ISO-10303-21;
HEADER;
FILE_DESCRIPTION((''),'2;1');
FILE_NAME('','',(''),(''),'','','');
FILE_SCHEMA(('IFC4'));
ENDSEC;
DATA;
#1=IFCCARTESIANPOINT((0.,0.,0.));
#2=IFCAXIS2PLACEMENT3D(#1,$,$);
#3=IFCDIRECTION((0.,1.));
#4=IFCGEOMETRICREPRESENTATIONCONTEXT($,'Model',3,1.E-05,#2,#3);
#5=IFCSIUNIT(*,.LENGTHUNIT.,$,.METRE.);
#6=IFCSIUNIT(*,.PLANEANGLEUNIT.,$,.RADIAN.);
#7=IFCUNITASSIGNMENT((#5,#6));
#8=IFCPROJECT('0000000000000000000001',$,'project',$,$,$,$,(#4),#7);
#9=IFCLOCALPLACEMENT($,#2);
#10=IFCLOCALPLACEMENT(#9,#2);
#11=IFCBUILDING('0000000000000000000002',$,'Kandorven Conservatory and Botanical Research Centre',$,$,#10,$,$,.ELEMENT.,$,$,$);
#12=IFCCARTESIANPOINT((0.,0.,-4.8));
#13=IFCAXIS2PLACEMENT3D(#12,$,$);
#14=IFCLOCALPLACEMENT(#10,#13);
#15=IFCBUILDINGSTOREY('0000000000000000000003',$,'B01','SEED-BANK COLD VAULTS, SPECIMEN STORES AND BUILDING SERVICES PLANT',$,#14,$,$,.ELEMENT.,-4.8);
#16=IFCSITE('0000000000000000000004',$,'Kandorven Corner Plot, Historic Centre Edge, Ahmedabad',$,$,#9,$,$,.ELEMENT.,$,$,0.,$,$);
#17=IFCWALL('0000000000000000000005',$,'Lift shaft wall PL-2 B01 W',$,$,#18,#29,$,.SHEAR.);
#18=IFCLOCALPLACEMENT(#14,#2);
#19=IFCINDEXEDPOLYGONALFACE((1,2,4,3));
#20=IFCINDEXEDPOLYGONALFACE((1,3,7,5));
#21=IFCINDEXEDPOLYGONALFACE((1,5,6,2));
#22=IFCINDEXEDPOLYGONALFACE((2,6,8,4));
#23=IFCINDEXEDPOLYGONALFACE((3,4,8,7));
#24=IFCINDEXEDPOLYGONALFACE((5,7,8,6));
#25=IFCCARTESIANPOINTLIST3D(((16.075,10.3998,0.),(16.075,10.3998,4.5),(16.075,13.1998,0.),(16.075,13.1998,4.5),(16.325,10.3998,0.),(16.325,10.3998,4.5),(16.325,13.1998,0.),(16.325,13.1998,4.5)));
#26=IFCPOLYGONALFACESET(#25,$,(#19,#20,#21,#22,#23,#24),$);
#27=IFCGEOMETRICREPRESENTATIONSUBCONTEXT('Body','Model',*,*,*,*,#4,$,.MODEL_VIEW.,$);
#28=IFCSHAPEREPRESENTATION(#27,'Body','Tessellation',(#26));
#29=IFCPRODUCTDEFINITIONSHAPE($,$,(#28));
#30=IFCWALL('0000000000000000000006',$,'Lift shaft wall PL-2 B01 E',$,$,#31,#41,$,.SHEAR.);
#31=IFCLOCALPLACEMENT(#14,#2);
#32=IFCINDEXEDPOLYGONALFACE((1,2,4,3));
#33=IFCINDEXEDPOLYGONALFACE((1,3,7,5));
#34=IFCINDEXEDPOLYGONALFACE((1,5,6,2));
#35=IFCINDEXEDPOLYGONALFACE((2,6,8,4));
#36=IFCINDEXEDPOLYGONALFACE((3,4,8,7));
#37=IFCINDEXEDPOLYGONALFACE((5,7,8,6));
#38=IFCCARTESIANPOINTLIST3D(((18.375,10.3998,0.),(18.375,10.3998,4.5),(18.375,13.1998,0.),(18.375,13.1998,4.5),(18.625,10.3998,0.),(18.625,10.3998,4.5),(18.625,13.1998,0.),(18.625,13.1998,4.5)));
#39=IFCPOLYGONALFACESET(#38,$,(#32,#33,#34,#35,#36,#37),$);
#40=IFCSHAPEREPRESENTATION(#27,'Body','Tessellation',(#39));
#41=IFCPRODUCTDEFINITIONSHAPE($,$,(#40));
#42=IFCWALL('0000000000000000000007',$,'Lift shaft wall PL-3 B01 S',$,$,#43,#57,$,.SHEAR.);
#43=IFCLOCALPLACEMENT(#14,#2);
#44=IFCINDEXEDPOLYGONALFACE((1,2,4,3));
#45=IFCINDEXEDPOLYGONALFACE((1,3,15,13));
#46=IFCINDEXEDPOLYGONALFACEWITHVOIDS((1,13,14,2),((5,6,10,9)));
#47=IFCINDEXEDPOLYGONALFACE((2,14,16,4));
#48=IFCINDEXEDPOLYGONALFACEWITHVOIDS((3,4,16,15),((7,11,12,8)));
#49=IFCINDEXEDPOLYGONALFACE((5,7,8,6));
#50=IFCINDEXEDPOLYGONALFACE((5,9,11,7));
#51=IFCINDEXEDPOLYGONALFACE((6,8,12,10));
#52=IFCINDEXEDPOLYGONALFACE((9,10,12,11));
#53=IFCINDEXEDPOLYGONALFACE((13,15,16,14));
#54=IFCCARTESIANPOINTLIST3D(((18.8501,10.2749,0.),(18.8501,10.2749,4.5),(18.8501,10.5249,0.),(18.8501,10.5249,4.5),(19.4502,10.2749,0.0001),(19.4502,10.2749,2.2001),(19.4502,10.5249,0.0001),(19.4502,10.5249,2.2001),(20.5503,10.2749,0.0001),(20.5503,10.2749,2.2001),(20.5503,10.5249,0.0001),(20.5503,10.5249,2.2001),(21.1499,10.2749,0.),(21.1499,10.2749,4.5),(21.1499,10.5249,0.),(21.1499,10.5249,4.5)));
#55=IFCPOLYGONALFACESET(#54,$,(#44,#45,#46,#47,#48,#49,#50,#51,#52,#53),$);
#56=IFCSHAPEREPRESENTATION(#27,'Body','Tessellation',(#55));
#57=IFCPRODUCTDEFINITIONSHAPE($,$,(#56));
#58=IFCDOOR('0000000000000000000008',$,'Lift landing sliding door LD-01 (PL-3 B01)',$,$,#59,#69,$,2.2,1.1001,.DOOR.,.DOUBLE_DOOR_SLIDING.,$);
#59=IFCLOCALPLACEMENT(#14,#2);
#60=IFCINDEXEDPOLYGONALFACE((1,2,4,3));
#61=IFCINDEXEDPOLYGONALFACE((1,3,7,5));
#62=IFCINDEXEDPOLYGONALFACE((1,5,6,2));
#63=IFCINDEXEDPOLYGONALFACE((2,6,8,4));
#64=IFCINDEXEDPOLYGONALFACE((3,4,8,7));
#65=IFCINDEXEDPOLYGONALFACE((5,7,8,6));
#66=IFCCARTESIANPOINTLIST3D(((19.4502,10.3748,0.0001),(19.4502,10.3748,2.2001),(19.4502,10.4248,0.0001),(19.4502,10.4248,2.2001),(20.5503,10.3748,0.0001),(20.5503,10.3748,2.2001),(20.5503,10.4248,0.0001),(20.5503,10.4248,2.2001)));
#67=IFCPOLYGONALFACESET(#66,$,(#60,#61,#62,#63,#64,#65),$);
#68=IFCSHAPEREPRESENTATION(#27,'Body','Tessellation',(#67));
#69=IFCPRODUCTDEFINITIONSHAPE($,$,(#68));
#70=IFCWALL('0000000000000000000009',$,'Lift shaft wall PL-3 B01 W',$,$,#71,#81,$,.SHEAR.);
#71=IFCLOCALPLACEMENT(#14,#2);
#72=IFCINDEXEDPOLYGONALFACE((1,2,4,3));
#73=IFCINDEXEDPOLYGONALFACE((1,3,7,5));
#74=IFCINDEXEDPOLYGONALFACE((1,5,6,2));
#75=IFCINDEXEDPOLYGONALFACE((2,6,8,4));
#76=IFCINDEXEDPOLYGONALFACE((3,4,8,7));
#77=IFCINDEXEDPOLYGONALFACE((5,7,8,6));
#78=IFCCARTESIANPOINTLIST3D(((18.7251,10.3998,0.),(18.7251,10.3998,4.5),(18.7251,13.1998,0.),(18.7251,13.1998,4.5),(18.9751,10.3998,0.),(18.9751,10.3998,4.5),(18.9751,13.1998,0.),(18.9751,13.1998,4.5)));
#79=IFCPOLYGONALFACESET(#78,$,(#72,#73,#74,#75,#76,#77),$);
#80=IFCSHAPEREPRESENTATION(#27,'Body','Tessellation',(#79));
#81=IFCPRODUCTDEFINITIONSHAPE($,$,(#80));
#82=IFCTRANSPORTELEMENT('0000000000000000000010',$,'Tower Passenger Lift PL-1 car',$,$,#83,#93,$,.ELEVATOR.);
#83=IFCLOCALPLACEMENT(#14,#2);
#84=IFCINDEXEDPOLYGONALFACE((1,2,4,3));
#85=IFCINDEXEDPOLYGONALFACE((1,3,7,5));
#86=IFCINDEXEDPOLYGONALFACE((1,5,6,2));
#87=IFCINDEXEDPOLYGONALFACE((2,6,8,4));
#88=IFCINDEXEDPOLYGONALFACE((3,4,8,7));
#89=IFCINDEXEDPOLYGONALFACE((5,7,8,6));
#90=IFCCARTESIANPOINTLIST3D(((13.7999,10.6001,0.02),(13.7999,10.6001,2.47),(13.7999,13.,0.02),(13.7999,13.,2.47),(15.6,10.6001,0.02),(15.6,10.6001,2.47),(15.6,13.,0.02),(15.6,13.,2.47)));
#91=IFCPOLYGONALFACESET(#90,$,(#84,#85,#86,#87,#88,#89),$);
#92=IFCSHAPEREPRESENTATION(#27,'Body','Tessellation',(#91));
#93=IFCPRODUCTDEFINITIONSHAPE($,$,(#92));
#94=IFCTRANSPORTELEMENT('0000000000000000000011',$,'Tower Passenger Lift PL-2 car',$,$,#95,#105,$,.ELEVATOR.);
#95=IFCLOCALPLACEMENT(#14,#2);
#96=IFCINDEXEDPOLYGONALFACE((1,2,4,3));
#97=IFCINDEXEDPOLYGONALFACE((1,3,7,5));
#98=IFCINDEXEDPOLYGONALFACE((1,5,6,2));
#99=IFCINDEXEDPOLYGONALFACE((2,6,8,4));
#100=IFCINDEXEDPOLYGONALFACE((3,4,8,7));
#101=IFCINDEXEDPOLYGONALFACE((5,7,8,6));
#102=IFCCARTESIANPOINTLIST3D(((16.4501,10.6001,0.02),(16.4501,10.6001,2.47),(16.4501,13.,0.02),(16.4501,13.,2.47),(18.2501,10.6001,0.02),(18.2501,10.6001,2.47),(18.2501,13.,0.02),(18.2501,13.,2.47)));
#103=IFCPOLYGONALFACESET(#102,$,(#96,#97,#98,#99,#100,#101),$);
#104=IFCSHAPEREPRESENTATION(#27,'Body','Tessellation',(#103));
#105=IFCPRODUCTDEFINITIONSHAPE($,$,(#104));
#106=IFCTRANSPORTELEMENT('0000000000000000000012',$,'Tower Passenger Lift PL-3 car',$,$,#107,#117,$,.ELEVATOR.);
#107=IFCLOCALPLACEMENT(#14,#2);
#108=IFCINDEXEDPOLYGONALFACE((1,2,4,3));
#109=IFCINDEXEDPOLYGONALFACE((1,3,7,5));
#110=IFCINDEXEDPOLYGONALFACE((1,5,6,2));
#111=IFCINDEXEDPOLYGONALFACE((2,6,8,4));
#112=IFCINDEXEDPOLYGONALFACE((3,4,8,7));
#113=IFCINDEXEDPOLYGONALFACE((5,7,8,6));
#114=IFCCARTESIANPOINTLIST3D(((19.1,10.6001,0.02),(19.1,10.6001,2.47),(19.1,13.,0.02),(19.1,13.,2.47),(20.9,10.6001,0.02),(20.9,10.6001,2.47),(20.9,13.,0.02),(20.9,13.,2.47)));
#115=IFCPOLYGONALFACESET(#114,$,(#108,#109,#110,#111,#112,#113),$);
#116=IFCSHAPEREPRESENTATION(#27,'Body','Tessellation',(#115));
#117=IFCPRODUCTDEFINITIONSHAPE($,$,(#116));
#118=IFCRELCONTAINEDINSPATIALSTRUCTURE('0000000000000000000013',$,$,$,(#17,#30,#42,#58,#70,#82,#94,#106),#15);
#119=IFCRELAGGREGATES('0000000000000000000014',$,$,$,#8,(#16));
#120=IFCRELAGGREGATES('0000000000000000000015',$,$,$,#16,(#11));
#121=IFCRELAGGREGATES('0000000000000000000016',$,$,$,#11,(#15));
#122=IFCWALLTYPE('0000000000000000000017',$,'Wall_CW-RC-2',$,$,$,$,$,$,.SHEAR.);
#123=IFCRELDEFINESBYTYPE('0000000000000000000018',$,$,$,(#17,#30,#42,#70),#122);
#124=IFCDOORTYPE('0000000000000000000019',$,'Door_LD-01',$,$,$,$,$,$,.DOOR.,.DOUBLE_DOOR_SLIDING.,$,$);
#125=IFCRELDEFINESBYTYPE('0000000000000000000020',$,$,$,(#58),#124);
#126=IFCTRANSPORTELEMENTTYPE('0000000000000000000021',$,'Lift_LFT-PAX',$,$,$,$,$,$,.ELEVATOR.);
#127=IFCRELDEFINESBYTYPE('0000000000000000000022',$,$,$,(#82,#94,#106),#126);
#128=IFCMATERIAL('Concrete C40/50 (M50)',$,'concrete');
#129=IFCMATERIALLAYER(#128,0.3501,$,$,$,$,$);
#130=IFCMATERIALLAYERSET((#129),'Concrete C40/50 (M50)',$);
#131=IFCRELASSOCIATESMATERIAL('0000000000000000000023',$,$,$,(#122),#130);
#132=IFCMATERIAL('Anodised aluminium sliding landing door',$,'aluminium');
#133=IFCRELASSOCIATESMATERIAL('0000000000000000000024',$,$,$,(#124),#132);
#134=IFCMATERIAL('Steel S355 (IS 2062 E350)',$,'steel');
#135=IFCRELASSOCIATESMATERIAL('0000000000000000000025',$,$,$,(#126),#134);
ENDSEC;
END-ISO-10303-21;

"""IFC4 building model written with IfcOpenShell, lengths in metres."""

from ifc_helpers import new_model, si_unit, direction, frame, frame_2d, origin, origin_2d, place, context, subcontext, project, spatial, rectangle, extrude, material, layer, layer_set, type_object, element, fill, save


model = new_model("IFC4")

# Units and contexts
model_context = context("Model", 3, precision=1e-05, world=origin(), true_north=direction((0.0, 1.0)))
body_context = subcontext(model_context, "Body", "Model", "MODEL_VIEW")
ifc_project = project(units=[si_unit("LENGTHUNIT", "METRE"), si_unit("PLANEANGLEUNIT", "RADIAN")], contexts=[model_context])

# Site, building, storey
site_placement = place(None, origin())
site = spatial("IfcSite", under=ifc_project, at=site_placement, Name="Kandorven Corner Plot, Historic Centre Edge, Ahmedabad", CompositionType="ELEMENT", RefElevation=0.0)
building_placement = place(site_placement, origin())
building = spatial("IfcBuilding", under=site, at=building_placement, Name="Kandorven Conservatory and Botanical Research Centre", CompositionType="ELEMENT")
storey_placement = place(building_placement, frame((0.0, 0.0, -4.8)))
storey = spatial("IfcBuildingStorey", under=building, at=storey_placement, Name="B01", Description="SEED-BANK COLD VAULTS, SPECIMEN STORES AND BUILDING SERVICES PLANT", CompositionType="ELEMENT", Elevation=-4.8)

# Shared definitions
ifc_material_1 = material(Name="Concrete C40/50 (M50)", Category="concrete")
ifc_layer = layer(ifc_material_1, 0.3501)
ifc_layer_set = layer_set([ifc_layer], Name="Concrete C40/50 (M50)")
wall_type = type_object("IfcWallType", Name="Wall_CW-RC-2", PredefinedType="SHEAR", material=ifc_layer_set)

# Shared definitions
ifc_material_2 = material(Name="Anodised aluminium sliding landing door", Category="aluminium")
door_type = type_object("IfcDoorType", Name="Door_LD-01", OperationType="DOUBLE_DOOR_SLIDING", PredefinedType="DOOR", material=ifc_material_2)

# Walls
for number, where, z_axis, x_axis, name in (
    (1, (16.2, 10.3999, 0.0), (0.0, 0.0, 1.0), (0.0, 1.0, 0.0), "Lift shaft wall PL-2 B01 W"),
    (2, (18.5, 10.3999, 0.0), (0.0, 0.0, 1.0), (0.0, 1.0, 0.0), "Lift shaft wall PL-2 B01 E"),
):
    element("IfcWall", number, at=place(storey_placement, frame(where, z_axis=z_axis, x_axis=x_axis)), inside=storey, type_object=wall_type, Name=name, PredefinedType="SHEAR", context=body_context, shape_type="SweptSolid", body=[
        extrude(rectangle(XDim=2.8, YDim=0.25, at=frame_2d((1.3999, 0.0))), origin(), (0.0, 0.0, 1.0), 4.5),
    ])

# Wall, opening, door
wall_1_placement = place(storey_placement, frame((18.8501, 10.3999, 0.0), z_axis=(0.0, 0.0, 1.0), x_axis=(1.0, 0.0, 0.0)))
wall_1 = element("IfcWall", 3, at=wall_1_placement, inside=storey, type_object=wall_type, Name="Lift shaft wall PL-3 B01 S", PredefinedType="SHEAR", context=body_context, shape_type="SweptSolid", body=[
    extrude(rectangle(XDim=2.2998, YDim=0.25, at=frame_2d((1.1499, 0.0))), origin(), (0.0, 0.0, 1.0), 4.5),
])
opening_1_placement = place(wall_1_placement, frame((0.6001, 0.0, 0.0)))
opening_1 = element("IfcOpeningElement", 4, at=opening_1_placement, cuts=wall_1, PredefinedType="OPENING", context=body_context, shape_type="SweptSolid", body=[
    extrude(rectangle(XDim=1.1001, YDim=2.2, at=frame_2d((0.55, 1.1001))), frame((0.0, 0.135, 0.0), z_axis=(0.0, -1.0, 0.0), x_axis=(1.0, 0.0, 0.0)), (0.0, 0.0, 1.0), 0.27),
])
door_1_placement = place(opening_1_placement, origin())
door_1 = element("IfcDoor", 5, at=door_1_placement, inside=storey, type_object=door_type, Name="Lift landing sliding door LD-01 (PL-3 B01)", OperationType="DOUBLE_DOOR_SLIDING", OverallHeight=2.2, OverallWidth=1.1001, PredefinedType="DOOR", context=body_context, shape_type="SweptSolid", body=[
    extrude(rectangle(XDim=1.1001, YDim=2.2, at=frame_2d((0.55, 1.1001))), frame((0.0, 0.0249, 0.0), z_axis=(0.0, -1.0, 0.0), x_axis=(1.0, 0.0, 0.0)), (0.0, 0.0, 1.0), 0.05),
])
fill(opening_1, door_1)

# Wall
wall_2_placement = place(storey_placement, frame((18.8501, 10.3999, 0.0), z_axis=(0.0, 0.0, 1.0), x_axis=(0.0, 1.0, 0.0)))
element("IfcWall", 6, at=wall_2_placement, inside=storey, type_object=wall_type, Name="Lift shaft wall PL-3 B01 W", PredefinedType="SHEAR", context=body_context, shape_type="SweptSolid", body=[
    extrude(rectangle(XDim=2.8, YDim=0.25, at=frame_2d((1.3999, 0.0))), origin(), (0.0, 0.0, 1.0), 4.5),
])

# Transport elements
ifc_material_3 = material(Name="Steel S355 (IS 2062 E350)", Category="steel")
transport_element_type = type_object("IfcTransportElementType", Name="Lift_LFT-PAX", PredefinedType="ELEVATOR", material=ifc_material_3)
for number, where, z_axis, x_axis, name in (
    (7, (14.7, 11.8, 0.02), (0.0, 0.0, 1.0), (1.0, 0.0, 0.0), "Tower Passenger Lift PL-1 car"),
    (8, (17.3501, 11.8, 0.02), (0.0, 0.0, 1.0), (1.0, 0.0, 0.0), "Tower Passenger Lift PL-2 car"),
    (9, (20.0, 11.8, 0.02), (0.0, 0.0, 1.0), (1.0, 0.0, 0.0), "Tower Passenger Lift PL-3 car"),
):
    element("IfcTransportElement", number, at=place(storey_placement, frame(where, z_axis=z_axis, x_axis=x_axis)), inside=storey, type_object=transport_element_type, Name=name, PredefinedType="ELEVATOR", context=body_context, shape_type="SweptSolid", body=[
        extrude(rectangle(XDim=1.8, YDim=2.3999, at=origin_2d()), origin(), (0.0, 0.0, 1.0), 2.45),
    ])

save(model, "model.ifc")
